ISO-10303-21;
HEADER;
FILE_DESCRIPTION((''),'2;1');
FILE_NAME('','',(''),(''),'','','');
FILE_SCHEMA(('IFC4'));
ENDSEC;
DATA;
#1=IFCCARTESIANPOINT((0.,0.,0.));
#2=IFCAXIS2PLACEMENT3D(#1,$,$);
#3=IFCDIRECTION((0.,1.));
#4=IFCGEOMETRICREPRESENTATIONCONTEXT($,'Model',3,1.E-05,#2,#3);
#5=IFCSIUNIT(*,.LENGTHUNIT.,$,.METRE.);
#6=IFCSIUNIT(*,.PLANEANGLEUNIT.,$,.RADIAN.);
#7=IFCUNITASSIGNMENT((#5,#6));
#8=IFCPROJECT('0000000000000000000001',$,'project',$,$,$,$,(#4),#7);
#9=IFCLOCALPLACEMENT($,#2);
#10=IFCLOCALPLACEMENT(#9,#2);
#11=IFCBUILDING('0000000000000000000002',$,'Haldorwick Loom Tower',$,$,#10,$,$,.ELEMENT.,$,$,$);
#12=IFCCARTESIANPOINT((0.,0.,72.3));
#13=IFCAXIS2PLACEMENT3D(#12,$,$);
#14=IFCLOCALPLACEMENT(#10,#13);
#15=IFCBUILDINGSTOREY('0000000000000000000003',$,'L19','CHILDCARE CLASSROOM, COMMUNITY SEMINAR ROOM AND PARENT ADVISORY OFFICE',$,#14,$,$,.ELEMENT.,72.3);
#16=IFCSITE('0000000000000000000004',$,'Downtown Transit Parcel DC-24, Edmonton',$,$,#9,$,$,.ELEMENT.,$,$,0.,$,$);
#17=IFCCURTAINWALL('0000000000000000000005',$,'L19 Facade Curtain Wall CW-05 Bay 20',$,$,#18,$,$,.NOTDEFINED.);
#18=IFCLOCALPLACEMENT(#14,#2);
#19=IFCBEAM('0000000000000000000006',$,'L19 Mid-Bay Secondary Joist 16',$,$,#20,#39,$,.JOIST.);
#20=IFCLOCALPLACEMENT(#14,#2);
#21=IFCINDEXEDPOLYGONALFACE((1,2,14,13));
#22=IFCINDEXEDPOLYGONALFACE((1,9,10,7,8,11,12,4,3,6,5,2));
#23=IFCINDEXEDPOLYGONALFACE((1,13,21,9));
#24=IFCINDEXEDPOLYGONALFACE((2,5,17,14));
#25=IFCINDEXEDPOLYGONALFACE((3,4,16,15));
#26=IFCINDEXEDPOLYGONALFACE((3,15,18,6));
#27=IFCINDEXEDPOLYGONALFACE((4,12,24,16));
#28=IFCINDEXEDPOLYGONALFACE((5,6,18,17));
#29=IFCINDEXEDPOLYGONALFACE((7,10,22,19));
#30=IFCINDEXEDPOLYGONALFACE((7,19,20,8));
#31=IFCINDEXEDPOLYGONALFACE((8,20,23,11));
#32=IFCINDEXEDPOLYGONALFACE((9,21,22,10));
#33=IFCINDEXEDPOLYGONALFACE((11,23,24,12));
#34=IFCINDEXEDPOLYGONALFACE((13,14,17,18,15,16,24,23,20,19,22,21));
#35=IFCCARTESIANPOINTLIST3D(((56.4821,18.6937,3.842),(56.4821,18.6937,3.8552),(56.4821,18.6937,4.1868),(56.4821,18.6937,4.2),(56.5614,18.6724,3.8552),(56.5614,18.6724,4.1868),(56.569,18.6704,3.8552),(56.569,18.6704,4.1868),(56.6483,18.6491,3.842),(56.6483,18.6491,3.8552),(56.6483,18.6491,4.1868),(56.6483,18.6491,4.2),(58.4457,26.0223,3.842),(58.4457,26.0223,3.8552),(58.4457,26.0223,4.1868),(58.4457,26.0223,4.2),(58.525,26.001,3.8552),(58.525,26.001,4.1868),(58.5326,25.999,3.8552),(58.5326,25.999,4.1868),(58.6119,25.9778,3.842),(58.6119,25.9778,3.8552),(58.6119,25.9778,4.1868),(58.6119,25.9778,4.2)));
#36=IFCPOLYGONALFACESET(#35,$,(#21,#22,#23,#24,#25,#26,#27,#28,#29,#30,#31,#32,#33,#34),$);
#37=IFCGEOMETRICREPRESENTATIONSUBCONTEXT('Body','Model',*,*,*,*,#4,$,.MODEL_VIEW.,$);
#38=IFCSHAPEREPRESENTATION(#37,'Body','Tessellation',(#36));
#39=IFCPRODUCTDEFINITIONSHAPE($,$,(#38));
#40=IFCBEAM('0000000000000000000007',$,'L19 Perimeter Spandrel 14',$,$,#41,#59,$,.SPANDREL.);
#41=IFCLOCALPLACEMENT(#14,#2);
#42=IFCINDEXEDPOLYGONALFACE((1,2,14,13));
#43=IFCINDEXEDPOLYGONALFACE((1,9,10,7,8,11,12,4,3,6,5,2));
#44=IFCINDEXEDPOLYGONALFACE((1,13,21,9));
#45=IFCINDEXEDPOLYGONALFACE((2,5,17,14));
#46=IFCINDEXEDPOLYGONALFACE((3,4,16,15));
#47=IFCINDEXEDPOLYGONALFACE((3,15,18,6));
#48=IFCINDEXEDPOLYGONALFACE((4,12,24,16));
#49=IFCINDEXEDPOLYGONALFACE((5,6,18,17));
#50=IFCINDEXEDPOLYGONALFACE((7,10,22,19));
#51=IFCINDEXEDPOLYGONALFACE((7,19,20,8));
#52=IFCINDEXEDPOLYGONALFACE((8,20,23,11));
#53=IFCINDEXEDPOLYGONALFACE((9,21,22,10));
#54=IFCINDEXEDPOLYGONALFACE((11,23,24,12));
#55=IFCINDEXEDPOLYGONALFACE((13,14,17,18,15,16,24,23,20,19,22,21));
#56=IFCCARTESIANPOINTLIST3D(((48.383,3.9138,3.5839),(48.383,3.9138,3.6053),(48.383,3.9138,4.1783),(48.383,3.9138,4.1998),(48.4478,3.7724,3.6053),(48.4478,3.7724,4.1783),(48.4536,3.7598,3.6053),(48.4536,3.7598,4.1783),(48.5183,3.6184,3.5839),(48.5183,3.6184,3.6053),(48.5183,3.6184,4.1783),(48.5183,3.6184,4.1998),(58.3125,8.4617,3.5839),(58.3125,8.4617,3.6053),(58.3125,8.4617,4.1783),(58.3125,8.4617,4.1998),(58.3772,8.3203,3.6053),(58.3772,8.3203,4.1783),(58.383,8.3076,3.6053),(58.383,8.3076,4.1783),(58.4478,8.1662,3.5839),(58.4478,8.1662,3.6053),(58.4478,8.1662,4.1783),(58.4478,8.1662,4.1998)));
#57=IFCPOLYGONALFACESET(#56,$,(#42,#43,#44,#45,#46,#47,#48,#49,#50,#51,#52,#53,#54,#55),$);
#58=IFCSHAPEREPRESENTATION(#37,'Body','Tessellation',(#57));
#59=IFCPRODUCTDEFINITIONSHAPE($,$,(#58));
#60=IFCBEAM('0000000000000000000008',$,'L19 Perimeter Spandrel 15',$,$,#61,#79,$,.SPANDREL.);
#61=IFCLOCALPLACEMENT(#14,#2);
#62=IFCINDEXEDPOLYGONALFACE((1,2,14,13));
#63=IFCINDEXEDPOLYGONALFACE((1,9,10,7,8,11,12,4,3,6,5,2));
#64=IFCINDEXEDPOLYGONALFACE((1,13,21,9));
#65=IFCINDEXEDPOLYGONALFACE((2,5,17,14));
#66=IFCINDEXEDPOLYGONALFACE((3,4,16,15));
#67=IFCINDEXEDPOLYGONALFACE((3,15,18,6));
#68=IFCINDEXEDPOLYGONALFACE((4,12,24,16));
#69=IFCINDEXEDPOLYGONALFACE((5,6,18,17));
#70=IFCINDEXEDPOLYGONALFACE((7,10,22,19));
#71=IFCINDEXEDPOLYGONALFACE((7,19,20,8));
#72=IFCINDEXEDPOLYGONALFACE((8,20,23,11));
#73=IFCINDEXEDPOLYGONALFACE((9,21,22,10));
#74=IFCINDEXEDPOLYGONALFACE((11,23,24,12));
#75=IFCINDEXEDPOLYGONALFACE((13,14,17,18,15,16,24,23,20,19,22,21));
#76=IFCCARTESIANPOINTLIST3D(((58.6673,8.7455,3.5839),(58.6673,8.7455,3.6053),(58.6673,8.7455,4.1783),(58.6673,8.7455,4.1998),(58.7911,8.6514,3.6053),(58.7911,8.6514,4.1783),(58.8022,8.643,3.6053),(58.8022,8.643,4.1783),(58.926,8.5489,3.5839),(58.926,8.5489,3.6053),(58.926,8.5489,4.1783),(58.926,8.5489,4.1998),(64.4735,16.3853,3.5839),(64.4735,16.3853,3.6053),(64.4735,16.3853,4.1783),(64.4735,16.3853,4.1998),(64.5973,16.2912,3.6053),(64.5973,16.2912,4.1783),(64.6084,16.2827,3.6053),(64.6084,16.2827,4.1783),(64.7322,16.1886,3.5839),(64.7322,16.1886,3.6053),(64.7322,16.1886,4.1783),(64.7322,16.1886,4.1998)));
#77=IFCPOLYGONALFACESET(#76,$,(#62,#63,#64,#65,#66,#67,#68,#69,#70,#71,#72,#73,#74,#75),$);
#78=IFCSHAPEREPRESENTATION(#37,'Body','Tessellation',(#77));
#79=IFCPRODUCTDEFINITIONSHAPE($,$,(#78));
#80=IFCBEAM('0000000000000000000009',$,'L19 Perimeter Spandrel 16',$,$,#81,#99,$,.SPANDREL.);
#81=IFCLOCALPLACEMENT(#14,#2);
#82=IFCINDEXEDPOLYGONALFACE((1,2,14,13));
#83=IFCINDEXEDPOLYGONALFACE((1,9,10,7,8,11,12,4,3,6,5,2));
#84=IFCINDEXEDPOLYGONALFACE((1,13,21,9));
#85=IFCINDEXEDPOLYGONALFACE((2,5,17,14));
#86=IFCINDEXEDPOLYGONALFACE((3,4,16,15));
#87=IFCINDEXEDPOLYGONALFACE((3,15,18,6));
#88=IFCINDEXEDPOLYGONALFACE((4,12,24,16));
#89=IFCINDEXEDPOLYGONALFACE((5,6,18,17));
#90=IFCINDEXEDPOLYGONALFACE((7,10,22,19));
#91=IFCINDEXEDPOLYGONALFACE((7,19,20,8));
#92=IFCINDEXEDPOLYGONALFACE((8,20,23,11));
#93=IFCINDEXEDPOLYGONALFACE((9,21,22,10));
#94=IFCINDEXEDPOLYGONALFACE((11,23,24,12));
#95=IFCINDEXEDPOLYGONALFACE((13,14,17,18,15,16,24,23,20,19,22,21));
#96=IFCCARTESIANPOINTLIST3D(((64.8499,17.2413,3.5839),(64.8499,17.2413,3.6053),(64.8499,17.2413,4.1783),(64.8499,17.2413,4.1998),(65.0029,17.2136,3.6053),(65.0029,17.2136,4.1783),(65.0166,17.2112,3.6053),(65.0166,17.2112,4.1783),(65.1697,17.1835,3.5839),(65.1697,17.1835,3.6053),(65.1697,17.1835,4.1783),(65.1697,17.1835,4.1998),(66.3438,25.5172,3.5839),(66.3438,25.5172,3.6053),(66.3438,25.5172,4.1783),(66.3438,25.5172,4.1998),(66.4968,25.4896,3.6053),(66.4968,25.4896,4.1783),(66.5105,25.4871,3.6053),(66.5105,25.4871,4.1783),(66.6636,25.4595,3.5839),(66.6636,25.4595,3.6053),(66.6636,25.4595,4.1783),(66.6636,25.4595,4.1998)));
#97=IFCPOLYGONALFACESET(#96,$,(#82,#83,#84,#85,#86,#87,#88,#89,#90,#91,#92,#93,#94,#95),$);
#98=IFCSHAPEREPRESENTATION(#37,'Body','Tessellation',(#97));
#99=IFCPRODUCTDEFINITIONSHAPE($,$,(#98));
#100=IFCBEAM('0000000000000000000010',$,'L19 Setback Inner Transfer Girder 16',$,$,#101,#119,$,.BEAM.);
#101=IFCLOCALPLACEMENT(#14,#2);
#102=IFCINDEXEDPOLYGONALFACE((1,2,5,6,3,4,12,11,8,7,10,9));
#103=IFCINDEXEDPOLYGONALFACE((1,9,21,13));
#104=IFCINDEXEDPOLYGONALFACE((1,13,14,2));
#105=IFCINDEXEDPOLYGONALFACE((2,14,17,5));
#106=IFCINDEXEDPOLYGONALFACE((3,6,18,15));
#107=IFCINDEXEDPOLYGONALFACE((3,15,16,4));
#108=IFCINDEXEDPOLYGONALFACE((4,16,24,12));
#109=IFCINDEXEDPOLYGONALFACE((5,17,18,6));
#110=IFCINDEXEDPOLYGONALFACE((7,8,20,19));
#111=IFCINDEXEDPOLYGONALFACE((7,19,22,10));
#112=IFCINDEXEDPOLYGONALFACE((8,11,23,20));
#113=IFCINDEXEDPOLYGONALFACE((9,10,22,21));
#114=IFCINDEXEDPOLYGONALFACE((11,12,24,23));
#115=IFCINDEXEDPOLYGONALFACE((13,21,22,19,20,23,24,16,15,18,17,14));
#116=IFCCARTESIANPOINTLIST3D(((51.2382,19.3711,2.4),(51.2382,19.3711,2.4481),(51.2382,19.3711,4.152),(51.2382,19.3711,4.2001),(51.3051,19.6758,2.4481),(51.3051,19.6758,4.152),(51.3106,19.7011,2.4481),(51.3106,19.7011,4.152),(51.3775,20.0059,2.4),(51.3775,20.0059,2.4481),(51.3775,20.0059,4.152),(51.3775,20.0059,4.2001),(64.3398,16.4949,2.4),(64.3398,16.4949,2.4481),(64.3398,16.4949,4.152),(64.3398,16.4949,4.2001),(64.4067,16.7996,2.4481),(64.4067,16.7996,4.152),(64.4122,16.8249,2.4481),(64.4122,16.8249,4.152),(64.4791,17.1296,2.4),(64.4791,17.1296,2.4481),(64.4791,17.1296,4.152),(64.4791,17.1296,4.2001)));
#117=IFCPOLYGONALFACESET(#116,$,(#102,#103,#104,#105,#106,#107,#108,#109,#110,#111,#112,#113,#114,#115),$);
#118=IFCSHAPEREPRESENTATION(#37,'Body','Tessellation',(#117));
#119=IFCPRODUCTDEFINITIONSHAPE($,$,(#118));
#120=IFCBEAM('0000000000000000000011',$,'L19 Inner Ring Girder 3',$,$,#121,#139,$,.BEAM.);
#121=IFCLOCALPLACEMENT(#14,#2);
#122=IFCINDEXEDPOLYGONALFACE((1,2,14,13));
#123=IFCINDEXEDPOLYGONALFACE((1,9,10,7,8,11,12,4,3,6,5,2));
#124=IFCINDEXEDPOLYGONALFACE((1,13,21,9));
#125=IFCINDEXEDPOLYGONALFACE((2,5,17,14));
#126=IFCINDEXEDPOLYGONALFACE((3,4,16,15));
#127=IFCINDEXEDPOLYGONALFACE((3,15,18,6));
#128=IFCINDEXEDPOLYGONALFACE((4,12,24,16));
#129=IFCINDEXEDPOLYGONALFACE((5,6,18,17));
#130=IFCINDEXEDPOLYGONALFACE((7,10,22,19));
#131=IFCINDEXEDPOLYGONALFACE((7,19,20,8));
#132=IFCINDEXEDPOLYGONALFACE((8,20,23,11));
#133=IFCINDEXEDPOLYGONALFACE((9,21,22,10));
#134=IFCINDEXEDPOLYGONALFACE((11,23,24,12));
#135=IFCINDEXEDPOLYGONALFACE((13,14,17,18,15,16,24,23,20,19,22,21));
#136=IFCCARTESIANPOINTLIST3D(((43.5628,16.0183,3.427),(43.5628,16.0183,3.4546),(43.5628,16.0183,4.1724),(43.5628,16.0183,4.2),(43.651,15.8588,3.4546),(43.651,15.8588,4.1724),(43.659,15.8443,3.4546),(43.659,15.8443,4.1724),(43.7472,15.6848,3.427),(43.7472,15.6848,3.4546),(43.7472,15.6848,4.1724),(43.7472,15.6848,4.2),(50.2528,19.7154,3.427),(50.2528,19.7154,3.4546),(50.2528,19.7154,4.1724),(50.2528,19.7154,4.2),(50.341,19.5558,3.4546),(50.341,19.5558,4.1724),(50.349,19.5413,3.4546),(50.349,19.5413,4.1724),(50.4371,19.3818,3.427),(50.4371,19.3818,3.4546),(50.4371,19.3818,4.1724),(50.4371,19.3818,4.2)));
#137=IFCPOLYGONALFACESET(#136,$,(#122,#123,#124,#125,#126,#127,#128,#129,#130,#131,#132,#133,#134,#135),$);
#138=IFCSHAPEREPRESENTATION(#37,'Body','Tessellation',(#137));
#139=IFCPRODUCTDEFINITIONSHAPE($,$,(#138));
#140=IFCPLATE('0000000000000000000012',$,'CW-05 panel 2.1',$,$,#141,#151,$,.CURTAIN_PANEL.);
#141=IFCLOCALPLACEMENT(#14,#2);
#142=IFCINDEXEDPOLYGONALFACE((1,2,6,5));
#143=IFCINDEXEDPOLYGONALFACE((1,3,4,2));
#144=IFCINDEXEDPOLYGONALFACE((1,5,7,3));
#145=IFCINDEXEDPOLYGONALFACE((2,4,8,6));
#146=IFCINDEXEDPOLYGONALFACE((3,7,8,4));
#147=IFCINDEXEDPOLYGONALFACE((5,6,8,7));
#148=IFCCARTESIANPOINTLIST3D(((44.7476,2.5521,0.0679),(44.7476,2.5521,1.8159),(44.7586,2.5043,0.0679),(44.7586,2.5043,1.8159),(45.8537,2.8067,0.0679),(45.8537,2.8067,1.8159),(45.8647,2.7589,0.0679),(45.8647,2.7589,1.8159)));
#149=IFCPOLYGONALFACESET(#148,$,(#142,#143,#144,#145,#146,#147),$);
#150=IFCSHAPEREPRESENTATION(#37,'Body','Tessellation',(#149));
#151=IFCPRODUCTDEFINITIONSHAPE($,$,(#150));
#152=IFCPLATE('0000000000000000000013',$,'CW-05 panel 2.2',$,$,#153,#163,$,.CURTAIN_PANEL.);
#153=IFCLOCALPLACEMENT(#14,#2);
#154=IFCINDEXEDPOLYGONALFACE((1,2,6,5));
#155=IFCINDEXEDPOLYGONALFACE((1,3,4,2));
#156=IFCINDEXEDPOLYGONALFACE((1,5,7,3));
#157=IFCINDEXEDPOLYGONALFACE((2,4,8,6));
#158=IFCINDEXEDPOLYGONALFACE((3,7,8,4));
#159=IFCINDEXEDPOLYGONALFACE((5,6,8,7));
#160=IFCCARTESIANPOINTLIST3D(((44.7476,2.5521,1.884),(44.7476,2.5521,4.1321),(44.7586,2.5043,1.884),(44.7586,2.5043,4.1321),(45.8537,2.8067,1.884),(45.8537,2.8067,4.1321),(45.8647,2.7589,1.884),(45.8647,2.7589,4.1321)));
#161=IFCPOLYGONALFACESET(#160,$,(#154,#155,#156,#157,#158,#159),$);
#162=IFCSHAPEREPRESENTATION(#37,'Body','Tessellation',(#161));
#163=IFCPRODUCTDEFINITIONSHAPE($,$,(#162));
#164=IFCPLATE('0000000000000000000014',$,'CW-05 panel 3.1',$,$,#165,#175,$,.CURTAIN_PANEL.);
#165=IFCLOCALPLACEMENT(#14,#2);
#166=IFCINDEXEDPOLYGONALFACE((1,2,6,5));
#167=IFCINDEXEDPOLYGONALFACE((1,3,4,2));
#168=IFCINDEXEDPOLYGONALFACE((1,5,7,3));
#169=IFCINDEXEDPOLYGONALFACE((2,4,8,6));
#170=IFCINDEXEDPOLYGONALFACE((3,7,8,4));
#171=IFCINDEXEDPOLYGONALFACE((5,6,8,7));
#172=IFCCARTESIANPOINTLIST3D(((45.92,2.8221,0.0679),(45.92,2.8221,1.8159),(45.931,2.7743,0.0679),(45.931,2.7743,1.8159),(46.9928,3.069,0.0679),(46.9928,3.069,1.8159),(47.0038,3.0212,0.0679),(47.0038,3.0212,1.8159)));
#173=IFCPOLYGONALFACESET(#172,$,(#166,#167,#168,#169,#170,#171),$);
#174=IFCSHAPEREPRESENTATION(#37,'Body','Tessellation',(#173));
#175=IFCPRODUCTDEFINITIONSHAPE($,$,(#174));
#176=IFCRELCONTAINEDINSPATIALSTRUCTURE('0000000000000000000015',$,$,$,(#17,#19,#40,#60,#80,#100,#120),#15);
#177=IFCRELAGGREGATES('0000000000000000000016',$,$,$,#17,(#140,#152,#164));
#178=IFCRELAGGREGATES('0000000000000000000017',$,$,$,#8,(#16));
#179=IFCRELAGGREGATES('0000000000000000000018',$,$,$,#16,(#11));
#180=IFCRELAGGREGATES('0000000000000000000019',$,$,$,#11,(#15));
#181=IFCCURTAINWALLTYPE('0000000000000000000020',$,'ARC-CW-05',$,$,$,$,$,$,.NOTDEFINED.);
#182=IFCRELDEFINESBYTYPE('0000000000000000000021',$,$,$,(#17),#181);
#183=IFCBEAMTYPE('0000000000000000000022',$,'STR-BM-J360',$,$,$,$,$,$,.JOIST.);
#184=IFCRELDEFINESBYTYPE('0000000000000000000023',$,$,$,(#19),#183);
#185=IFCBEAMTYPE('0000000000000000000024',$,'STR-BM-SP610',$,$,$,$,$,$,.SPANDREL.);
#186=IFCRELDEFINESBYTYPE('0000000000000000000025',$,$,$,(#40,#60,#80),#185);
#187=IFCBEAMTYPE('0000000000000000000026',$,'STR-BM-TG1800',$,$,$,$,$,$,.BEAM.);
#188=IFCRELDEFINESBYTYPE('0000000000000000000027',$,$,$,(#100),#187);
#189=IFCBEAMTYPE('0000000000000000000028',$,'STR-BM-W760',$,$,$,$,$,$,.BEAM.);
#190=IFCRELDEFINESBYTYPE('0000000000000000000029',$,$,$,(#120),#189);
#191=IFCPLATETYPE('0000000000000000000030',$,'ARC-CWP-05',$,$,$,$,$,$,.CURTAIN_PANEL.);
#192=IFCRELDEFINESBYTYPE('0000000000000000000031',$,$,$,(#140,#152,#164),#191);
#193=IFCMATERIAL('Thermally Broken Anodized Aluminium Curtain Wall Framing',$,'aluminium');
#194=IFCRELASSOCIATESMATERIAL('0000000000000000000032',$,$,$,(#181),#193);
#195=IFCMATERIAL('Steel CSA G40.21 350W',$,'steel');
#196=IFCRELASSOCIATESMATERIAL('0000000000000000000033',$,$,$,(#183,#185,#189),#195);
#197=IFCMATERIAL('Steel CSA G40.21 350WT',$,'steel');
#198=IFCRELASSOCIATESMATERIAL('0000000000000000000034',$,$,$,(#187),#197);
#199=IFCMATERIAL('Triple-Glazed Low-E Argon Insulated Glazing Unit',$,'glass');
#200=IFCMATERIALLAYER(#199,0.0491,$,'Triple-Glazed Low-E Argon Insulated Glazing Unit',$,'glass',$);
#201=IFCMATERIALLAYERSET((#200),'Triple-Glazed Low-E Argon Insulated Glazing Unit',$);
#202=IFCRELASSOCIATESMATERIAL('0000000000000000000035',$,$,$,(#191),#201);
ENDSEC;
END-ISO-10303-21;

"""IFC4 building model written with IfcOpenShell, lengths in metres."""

from ifc_helpers import new_model, si_unit, direction, frame, origin, origin_2d, place, context, subcontext, project, spatial, rectangle, i_section, extrude, material, layer, layer_set, material_profile, profile_set, type_object, element, aggregate, save


model = new_model("IFC4")

# Units and contexts
model_context = context("Model", 3, precision=1e-05, world=origin(), true_north=direction((0.0, 1.0)))
body_context = subcontext(model_context, "Body", "Model", "MODEL_VIEW")
ifc_project = project(units=[si_unit("LENGTHUNIT", "METRE"), si_unit("PLANEANGLEUNIT", "RADIAN")], contexts=[model_context])

# Site, building, storey
site_placement = place(None, origin())
site = spatial("IfcSite", under=ifc_project, at=site_placement, Name="Downtown Transit Parcel DC-24, Edmonton", CompositionType="ELEMENT", RefElevation=0.0)
building_placement = place(site_placement, origin())
building = spatial("IfcBuilding", under=site, at=building_placement, Name="Haldorwick Loom Tower", CompositionType="ELEMENT")
storey_placement = place(building_placement, frame((0.0, 0.0, 72.3)))
storey = spatial("IfcBuildingStorey", under=building, at=storey_placement, Name="L19", Description="CHILDCARE CLASSROOM, COMMUNITY SEMINAR ROOM AND PARENT ADVISORY OFFICE", CompositionType="ELEMENT", Elevation=72.3)

# Shared definitions
ifc_material_1 = material(Name="Steel CSA G40.21 350WT", Category="steel")

# Curtain wall
ifc_material_2 = material(Name="Thermally Broken Anodized Aluminium Curtain Wall Framing", Category="aluminium")
curtain_wall_type = type_object("IfcCurtainWallType", Name="ARC-CW-05", PredefinedType="NOTDEFINED", material=ifc_material_2)
curtain_wall_placement = place(storey_placement, origin())
curtain_wall = element("IfcCurtainWall", 1, at=curtain_wall_placement, inside=storey, type_object=curtain_wall_type, Name="L19 Facade Curtain Wall CW-05 Bay 20", PredefinedType="NOTDEFINED")

# Beams
ifc_material_3 = material(Name="Steel CSA G40.21 350W", Category="steel")
ifc_material_profile_1 = material_profile(ifc_material_3, i_section(OverallWidth=0.1721, OverallDepth=0.3579, WebThickness=0.0078, FlangeThickness=0.0132, at=origin_2d()), Name="W360X57", Category="steel")
ifc_profile_set_1 = profile_set([ifc_material_profile_1], Name="Steel CSA G40.21 350W")
beam_type_1 = type_object("IfcBeamType", Name="STR-BM-J360", PredefinedType="JOIST", material=ifc_profile_set_1)
beam_1_placement = place(storey_placement, frame((56.5652, 18.6714, 4.021), z_axis=(0.25881, 0.965928, 0.0), x_axis=(-0.965928, 0.25881, 0.0)))
element("IfcBeam", 2, at=beam_1_placement, inside=storey, type_object=beam_type_1, Name="L19 Mid-Bay Secondary Joist 16", PredefinedType="JOIST", context=body_context, shape_type="SweptSolid", body=[
    extrude(i_section(OverallWidth=0.1721, OverallDepth=0.3579, WebThickness=0.0078, FlangeThickness=0.0132, at=origin_2d()), origin(), (0.0, 0.0, 1.0), 7.5872),
])
ifc_material_profile_2 = material_profile(ifc_material_3, i_section(OverallWidth=0.325, OverallDepth=0.616, WebThickness=0.0139, FlangeThickness=0.0215, at=origin_2d()), Name="W610X174", Category="steel")
ifc_profile_set_2 = profile_set([ifc_material_profile_2], Name="Steel CSA G40.21 350W")
beam_type_2 = type_object("IfcBeamType", Name="STR-BM-SP610", PredefinedType="SPANDREL", material=ifc_profile_set_2)
beam_2_placement = place(storey_placement, frame((48.4507, 3.7661, 3.8918), z_axis=(0.909174, 0.416417, 0.0), x_axis=(-0.416417, 0.909174, 0.0)))
element("IfcBeam", 3, at=beam_2_placement, inside=storey, type_object=beam_type_2, Name="L19 Perimeter Spandrel 14", PredefinedType="SPANDREL", context=body_context, shape_type="SweptSolid", body=[
    extrude(i_section(OverallWidth=0.325, OverallDepth=0.616, WebThickness=0.0139, FlangeThickness=0.0215, at=origin_2d()), origin(), (0.0, 0.0, 1.0), 10.9214),
])
beam_3_placement = place(storey_placement, frame((58.7966, 8.6472, 3.8918), z_axis=(0.605085, 0.796161, 0.0), x_axis=(-0.796161, 0.605085, 0.0)))
element("IfcBeam", 4, at=beam_3_placement, inside=storey, type_object=beam_type_2, Name="L19 Perimeter Spandrel 15", PredefinedType="SPANDREL", context=body_context, shape_type="SweptSolid", body=[
    extrude(i_section(OverallWidth=0.325, OverallDepth=0.616, WebThickness=0.0139, FlangeThickness=0.0215, at=origin_2d()), origin(), (0.0, 0.0, 1.0), 9.5957),
])
beam_4_placement = place(storey_placement, frame((65.0098, 17.2124, 3.8918), z_axis=(0.177641, 0.984095, 0.0), x_axis=(-0.984095, 0.177641, 0.0)))
element("IfcBeam", 5, at=beam_4_placement, inside=storey, type_object=beam_type_2, Name="L19 Perimeter Spandrel 16", PredefinedType="SPANDREL", context=body_context, shape_type="SweptSolid", body=[
    extrude(i_section(OverallWidth=0.325, OverallDepth=0.616, WebThickness=0.0139, FlangeThickness=0.0215, at=origin_2d()), origin(), (0.0, 0.0, 1.0), 8.4097),
])
ifc_material_profile_3 = material_profile(ifc_material_1, i_section(OverallWidth=0.6499, OverallDepth=1.8, WebThickness=0.0259, FlangeThickness=0.0481, at=origin_2d()), Name="WWF1800X650", Category="steel")
ifc_profile_set_3 = profile_set([ifc_material_profile_3], Name="Steel CSA G40.21 350WT")
beam_type_3 = type_object("IfcBeamType", Name="STR-BM-TG1800", PredefinedType="BEAM", material=ifc_profile_set_3)
beam_5_placement = place(storey_placement, frame((51.3079, 19.6885, 3.3), z_axis=(0.97674, -0.214426, 0.0), x_axis=(0.214426, 0.97674, 0.0)))
element("IfcBeam", 6, at=beam_5_placement, inside=storey, type_object=beam_type_3, Name="L19 Setback Inner Transfer Girder 16", PredefinedType="BEAM", context=body_context, shape_type="SweptSolid", body=[
    extrude(i_section(OverallWidth=0.6499, OverallDepth=1.8, WebThickness=0.0259, FlangeThickness=0.0481, at=origin_2d()), origin(), (0.0, 0.0, 1.0), 13.4136),
])
ifc_material_profile_4 = material_profile(ifc_material_3, i_section(OverallWidth=0.3811, OverallDepth=0.7729, WebThickness=0.0166, FlangeThickness=0.0276, at=origin_2d()), Name="W760X257", Category="steel")
ifc_profile_set_4 = profile_set([ifc_material_profile_4], Name="Steel CSA G40.21 350W")
beam_type_4 = type_object("IfcBeamType", Name="STR-BM-W760", PredefinedType="BEAM", material=ifc_profile_set_4)
beam_6_placement = place(storey_placement, frame((50.345, 19.5486, 3.8135), z_axis=(-0.875244, -0.483681, 0.0), x_axis=(0.483681, -0.875244, 0.0)))
element("IfcBeam", 7, at=beam_6_placement, inside=storey, type_object=beam_type_4, Name="L19 Inner Ring Girder 3", PredefinedType="BEAM", context=body_context, shape_type="SweptSolid", body=[
    extrude(i_section(OverallWidth=0.3811, OverallDepth=0.7729, WebThickness=0.0166, FlangeThickness=0.0276, at=origin_2d()), origin(), (0.0, 0.0, 1.0), 7.6436),
])

# Plates
ifc_material_4 = material(Name="Triple-Glazed Low-E Argon Insulated Glazing Unit", Category="glass")
ifc_layer_1 = layer(ifc_material_4, 0.0491, Name="Triple-Glazed Low-E Argon Insulated Glazing Unit", Category="glass")
ifc_layer_set_1 = layer_set([ifc_layer_1], Name="Triple-Glazed Low-E Argon Insulated Glazing Unit")
plate_type = type_object("IfcPlateType", Name="ARC-CWP-05", PredefinedType="CURTAIN_PANEL", material=ifc_layer_set_1)
plate_1_placement = place(storey_placement, frame((45.3062, 2.6555, 0.0679), z_axis=(0.0, 0.0, 1.0), x_axis=(0.974523, 0.224289, 0.0)))
plate_1 = element("IfcPlate", 8, at=plate_1_placement, type_object=plate_type, Name="CW-05 panel 2.1", PredefinedType="CURTAIN_PANEL", context=body_context, shape_type="SweptSolid", body=[
    extrude(rectangle(XDim=1.135, YDim=0.0491, at=origin_2d()), origin(), (0.0, 0.0, 1.0), 1.748),
])
plate_2_placement = place(storey_placement, frame((45.3062, 2.6555, 1.884), z_axis=(0.0, 0.0, 1.0), x_axis=(0.974523, 0.224289, 0.0)))
plate_2 = element("IfcPlate", 9, at=plate_2_placement, type_object=plate_type, Name="CW-05 panel 2.2", PredefinedType="CURTAIN_PANEL", context=body_context, shape_type="SweptSolid", body=[
    extrude(rectangle(XDim=1.135, YDim=0.0491, at=origin_2d()), origin(), (0.0, 0.0, 1.0), 2.248),
])
plate_3_placement = place(storey_placement, frame((46.4619, 2.9216, 0.0679), z_axis=(0.0, 0.0, 1.0), x_axis=(0.974523, 0.224289, 0.0)))
plate_3 = element("IfcPlate", 10, at=plate_3_placement, type_object=plate_type, Name="CW-05 panel 3.1", PredefinedType="CURTAIN_PANEL", context=body_context, shape_type="SweptSolid", body=[
    extrude(rectangle(XDim=1.1008, YDim=0.0491, at=origin_2d()), origin(), (0.0, 0.0, 1.0), 1.748),
])
aggregate(curtain_wall, [plate_1, plate_2, plate_3])

save(model, "model.ifc")
